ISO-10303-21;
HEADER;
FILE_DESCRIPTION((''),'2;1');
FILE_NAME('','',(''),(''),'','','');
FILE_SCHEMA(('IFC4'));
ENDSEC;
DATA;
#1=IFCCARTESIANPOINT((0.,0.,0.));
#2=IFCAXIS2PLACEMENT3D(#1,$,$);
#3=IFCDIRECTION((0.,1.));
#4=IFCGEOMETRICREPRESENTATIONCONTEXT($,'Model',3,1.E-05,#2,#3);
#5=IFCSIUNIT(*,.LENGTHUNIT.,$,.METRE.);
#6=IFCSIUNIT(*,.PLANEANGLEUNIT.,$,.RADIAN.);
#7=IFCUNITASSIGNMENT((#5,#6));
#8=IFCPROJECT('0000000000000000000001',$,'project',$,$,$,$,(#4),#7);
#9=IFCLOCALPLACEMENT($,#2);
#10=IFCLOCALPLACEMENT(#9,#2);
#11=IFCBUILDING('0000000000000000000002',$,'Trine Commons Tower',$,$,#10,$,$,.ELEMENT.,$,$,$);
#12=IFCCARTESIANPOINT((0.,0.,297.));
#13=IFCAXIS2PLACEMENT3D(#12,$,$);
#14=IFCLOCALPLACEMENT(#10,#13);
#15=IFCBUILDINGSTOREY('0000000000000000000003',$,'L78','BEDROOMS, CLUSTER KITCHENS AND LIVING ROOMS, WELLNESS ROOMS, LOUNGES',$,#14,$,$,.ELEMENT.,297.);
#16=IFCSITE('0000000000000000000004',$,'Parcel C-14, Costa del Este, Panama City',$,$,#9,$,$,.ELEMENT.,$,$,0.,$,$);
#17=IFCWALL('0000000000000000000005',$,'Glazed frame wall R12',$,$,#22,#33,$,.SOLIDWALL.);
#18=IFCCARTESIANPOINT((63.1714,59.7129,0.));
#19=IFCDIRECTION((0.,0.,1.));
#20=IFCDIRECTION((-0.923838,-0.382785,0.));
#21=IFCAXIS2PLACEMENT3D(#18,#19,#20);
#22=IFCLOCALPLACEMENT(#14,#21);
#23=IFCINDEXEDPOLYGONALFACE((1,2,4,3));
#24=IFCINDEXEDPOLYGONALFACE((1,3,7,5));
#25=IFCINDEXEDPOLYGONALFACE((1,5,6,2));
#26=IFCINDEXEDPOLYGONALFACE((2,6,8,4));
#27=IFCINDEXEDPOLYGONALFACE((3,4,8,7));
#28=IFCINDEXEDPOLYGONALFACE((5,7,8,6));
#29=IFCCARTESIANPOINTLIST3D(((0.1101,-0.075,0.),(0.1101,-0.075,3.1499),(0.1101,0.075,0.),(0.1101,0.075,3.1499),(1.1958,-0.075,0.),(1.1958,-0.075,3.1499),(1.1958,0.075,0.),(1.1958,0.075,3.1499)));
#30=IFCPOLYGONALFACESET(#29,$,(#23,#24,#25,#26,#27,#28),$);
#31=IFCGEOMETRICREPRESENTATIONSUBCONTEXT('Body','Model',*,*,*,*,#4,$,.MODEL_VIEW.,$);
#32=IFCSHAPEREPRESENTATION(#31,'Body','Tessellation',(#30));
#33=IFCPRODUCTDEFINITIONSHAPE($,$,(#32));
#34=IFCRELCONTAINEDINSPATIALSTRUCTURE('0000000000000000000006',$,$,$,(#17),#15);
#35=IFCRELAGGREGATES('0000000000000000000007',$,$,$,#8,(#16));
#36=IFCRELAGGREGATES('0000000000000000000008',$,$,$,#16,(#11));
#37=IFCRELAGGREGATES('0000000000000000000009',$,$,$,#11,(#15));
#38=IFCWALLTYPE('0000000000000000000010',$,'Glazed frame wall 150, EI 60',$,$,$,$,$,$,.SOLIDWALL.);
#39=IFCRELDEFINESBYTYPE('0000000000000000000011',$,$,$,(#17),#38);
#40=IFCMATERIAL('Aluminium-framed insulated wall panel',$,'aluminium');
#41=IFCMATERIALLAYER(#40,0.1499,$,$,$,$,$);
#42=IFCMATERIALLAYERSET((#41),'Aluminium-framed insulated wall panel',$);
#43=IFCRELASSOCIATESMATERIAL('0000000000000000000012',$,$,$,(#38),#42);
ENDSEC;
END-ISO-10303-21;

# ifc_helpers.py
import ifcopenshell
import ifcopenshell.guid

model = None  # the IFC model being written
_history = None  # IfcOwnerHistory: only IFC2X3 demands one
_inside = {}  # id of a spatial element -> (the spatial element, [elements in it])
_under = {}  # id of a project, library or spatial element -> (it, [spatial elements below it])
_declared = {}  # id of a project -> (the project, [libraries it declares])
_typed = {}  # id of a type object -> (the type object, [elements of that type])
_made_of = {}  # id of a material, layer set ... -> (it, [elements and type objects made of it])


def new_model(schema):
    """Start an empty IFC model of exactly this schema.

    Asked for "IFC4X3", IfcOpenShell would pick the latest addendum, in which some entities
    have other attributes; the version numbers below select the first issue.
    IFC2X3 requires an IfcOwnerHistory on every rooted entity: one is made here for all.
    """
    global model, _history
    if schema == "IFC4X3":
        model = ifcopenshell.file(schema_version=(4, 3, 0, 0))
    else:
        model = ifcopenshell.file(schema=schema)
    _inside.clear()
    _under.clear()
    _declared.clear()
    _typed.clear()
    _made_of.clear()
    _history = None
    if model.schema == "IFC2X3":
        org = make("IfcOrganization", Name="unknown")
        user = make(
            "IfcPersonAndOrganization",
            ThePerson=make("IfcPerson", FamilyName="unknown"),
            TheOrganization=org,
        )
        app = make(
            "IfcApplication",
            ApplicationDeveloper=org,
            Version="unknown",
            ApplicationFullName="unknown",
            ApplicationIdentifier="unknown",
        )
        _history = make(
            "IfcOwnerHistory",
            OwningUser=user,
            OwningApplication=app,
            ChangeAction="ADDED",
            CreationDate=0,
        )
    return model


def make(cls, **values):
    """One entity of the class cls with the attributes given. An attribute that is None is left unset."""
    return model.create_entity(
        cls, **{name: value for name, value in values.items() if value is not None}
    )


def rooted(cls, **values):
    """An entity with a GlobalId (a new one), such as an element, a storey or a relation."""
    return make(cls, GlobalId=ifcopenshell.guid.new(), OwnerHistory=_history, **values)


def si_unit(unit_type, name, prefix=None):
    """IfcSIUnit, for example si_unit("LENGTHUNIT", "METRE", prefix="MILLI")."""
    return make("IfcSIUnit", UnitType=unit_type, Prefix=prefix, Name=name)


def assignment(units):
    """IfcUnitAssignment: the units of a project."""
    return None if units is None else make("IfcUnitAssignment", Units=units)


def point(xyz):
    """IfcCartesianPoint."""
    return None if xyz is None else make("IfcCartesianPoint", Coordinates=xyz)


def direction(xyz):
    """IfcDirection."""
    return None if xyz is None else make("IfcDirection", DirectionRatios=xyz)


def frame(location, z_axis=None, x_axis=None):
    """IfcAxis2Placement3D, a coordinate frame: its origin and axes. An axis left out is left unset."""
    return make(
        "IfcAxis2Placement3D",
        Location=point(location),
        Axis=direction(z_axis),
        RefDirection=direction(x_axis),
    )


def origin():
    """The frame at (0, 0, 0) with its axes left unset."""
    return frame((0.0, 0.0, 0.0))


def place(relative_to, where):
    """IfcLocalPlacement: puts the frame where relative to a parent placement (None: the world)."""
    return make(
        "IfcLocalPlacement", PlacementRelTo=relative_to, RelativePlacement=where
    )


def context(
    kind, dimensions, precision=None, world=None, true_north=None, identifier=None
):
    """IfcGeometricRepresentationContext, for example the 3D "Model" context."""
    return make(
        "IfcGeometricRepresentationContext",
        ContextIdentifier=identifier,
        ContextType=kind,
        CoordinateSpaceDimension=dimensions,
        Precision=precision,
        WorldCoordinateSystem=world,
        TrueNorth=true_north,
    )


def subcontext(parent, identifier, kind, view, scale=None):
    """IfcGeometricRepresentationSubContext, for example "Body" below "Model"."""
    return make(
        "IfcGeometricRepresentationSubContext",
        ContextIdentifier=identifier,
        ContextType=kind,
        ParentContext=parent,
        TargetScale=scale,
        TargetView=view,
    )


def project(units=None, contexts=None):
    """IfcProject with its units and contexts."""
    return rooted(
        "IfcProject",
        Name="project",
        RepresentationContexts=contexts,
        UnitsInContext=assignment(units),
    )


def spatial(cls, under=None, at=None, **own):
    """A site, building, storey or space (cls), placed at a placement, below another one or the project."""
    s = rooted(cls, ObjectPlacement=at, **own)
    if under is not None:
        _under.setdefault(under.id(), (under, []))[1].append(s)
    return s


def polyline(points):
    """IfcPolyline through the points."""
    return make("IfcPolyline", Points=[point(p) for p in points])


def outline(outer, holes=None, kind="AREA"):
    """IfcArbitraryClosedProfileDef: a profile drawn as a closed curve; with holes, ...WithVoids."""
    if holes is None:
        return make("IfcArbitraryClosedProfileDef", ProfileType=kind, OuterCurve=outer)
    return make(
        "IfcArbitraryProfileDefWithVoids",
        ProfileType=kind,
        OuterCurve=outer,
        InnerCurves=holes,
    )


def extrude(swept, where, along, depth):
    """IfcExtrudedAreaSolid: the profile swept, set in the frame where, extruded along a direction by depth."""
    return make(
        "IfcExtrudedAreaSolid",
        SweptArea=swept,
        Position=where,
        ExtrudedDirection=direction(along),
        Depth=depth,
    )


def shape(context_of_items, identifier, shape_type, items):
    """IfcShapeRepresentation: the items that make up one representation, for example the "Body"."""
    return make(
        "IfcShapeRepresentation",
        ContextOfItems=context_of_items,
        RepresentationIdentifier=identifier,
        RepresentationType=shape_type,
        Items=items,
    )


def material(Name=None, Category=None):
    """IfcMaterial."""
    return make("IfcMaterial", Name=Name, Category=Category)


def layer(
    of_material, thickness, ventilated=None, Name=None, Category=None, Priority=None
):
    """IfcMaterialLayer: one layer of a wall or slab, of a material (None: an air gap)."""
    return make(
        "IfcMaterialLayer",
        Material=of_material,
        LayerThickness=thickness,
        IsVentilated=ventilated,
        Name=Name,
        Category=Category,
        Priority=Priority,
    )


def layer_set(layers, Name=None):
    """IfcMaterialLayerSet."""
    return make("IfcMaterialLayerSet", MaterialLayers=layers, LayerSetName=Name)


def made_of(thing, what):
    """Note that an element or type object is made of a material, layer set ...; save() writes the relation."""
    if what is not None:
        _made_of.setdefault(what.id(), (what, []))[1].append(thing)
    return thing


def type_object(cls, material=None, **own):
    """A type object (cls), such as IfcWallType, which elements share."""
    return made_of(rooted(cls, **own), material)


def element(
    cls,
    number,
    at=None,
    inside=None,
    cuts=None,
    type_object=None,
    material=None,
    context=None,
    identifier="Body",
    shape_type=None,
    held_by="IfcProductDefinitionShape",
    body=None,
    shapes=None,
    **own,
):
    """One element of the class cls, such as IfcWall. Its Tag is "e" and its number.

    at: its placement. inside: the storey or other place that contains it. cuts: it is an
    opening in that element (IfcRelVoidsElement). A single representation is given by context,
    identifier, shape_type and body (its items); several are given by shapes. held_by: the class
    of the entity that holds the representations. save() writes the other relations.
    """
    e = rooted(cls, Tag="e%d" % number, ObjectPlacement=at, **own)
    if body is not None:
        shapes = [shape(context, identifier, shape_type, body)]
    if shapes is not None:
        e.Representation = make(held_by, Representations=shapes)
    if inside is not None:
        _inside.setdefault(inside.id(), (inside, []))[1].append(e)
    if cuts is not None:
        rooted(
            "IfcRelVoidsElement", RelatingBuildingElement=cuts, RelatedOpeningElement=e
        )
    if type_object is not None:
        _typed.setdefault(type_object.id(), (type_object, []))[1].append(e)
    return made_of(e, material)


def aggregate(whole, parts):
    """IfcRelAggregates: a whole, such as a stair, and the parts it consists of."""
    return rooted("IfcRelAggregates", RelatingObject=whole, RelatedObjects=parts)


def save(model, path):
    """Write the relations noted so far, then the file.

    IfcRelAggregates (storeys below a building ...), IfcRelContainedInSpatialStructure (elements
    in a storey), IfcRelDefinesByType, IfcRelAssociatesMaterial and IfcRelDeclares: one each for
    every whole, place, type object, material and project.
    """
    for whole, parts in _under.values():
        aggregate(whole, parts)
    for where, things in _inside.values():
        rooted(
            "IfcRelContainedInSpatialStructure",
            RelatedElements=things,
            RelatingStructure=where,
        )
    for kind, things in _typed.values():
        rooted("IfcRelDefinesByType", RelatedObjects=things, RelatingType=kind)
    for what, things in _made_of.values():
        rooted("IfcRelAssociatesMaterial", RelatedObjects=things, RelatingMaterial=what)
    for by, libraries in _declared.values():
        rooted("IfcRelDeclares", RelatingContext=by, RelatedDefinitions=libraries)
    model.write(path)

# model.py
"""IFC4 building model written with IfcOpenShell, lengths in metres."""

from ifc_helpers import new_model, si_unit, direction, frame, origin, place, context, subcontext, project, spatial, polyline, outline, extrude, material, layer, layer_set, type_object, element, save


model = new_model("IFC4")

# Units and contexts
model_context = context("Model", 3, precision=1e-05, world=origin(), true_north=direction((0.0, 1.0)))
body_context = subcontext(model_context, "Body", "Model", "MODEL_VIEW")
ifc_project = project(units=[si_unit("LENGTHUNIT", "METRE"), si_unit("PLANEANGLEUNIT", "RADIAN")], contexts=[model_context])

# Site, building, storey
site_placement = place(None, origin())
site = spatial("IfcSite", under=ifc_project, at=site_placement, Name="Parcel C-14, Costa del Este, Panama City", CompositionType="ELEMENT", RefElevation=0.0)
building_placement = place(site_placement, origin())
building = spatial("IfcBuilding", under=site, at=building_placement, Name="Trine Commons Tower", CompositionType="ELEMENT")
storey_placement = place(building_placement, frame((0.0, 0.0, 297.0)))
storey = spatial("IfcBuildingStorey", under=building, at=storey_placement, Name="L78", Description="BEDROOMS, CLUSTER KITCHENS AND LIVING ROOMS, WELLNESS ROOMS, LOUNGES", CompositionType="ELEMENT", Elevation=297.0)

# Shared definitions
ifc_material_1 = material(Name="Aluminium-framed insulated wall panel", Category="aluminium")
ifc_layer_1 = layer(ifc_material_1, 0.1499)
ifc_layer_set_1 = layer_set([ifc_layer_1], Name="Aluminium-framed insulated wall panel")
wall_type_1 = type_object("IfcWallType", Name="Glazed frame wall 150, EI 60", PredefinedType="SOLIDWALL", material=ifc_layer_set_1)

# Wall
wall_1_placement = place(storey_placement, frame((63.1714, 59.7129, 0.0), z_axis=(0.0, 0.0, 1.0), x_axis=(-0.923838, -0.382785, 0.0)))
element("IfcWall", 1, at=wall_1_placement, inside=storey, type_object=wall_type_1, Name="Glazed frame wall R12", PredefinedType="SOLIDWALL", context=body_context, shape_type="SweptSolid", body=[
    extrude(outline(polyline([(0.1101, 0.075), (0.1101, -0.075), (1.1958, -0.075), (1.1958, 0.075), (0.1101, 0.075)])), origin(), (0.0, 0.0, 1.0), 3.1499),
])

save(model, "model.ifc")
